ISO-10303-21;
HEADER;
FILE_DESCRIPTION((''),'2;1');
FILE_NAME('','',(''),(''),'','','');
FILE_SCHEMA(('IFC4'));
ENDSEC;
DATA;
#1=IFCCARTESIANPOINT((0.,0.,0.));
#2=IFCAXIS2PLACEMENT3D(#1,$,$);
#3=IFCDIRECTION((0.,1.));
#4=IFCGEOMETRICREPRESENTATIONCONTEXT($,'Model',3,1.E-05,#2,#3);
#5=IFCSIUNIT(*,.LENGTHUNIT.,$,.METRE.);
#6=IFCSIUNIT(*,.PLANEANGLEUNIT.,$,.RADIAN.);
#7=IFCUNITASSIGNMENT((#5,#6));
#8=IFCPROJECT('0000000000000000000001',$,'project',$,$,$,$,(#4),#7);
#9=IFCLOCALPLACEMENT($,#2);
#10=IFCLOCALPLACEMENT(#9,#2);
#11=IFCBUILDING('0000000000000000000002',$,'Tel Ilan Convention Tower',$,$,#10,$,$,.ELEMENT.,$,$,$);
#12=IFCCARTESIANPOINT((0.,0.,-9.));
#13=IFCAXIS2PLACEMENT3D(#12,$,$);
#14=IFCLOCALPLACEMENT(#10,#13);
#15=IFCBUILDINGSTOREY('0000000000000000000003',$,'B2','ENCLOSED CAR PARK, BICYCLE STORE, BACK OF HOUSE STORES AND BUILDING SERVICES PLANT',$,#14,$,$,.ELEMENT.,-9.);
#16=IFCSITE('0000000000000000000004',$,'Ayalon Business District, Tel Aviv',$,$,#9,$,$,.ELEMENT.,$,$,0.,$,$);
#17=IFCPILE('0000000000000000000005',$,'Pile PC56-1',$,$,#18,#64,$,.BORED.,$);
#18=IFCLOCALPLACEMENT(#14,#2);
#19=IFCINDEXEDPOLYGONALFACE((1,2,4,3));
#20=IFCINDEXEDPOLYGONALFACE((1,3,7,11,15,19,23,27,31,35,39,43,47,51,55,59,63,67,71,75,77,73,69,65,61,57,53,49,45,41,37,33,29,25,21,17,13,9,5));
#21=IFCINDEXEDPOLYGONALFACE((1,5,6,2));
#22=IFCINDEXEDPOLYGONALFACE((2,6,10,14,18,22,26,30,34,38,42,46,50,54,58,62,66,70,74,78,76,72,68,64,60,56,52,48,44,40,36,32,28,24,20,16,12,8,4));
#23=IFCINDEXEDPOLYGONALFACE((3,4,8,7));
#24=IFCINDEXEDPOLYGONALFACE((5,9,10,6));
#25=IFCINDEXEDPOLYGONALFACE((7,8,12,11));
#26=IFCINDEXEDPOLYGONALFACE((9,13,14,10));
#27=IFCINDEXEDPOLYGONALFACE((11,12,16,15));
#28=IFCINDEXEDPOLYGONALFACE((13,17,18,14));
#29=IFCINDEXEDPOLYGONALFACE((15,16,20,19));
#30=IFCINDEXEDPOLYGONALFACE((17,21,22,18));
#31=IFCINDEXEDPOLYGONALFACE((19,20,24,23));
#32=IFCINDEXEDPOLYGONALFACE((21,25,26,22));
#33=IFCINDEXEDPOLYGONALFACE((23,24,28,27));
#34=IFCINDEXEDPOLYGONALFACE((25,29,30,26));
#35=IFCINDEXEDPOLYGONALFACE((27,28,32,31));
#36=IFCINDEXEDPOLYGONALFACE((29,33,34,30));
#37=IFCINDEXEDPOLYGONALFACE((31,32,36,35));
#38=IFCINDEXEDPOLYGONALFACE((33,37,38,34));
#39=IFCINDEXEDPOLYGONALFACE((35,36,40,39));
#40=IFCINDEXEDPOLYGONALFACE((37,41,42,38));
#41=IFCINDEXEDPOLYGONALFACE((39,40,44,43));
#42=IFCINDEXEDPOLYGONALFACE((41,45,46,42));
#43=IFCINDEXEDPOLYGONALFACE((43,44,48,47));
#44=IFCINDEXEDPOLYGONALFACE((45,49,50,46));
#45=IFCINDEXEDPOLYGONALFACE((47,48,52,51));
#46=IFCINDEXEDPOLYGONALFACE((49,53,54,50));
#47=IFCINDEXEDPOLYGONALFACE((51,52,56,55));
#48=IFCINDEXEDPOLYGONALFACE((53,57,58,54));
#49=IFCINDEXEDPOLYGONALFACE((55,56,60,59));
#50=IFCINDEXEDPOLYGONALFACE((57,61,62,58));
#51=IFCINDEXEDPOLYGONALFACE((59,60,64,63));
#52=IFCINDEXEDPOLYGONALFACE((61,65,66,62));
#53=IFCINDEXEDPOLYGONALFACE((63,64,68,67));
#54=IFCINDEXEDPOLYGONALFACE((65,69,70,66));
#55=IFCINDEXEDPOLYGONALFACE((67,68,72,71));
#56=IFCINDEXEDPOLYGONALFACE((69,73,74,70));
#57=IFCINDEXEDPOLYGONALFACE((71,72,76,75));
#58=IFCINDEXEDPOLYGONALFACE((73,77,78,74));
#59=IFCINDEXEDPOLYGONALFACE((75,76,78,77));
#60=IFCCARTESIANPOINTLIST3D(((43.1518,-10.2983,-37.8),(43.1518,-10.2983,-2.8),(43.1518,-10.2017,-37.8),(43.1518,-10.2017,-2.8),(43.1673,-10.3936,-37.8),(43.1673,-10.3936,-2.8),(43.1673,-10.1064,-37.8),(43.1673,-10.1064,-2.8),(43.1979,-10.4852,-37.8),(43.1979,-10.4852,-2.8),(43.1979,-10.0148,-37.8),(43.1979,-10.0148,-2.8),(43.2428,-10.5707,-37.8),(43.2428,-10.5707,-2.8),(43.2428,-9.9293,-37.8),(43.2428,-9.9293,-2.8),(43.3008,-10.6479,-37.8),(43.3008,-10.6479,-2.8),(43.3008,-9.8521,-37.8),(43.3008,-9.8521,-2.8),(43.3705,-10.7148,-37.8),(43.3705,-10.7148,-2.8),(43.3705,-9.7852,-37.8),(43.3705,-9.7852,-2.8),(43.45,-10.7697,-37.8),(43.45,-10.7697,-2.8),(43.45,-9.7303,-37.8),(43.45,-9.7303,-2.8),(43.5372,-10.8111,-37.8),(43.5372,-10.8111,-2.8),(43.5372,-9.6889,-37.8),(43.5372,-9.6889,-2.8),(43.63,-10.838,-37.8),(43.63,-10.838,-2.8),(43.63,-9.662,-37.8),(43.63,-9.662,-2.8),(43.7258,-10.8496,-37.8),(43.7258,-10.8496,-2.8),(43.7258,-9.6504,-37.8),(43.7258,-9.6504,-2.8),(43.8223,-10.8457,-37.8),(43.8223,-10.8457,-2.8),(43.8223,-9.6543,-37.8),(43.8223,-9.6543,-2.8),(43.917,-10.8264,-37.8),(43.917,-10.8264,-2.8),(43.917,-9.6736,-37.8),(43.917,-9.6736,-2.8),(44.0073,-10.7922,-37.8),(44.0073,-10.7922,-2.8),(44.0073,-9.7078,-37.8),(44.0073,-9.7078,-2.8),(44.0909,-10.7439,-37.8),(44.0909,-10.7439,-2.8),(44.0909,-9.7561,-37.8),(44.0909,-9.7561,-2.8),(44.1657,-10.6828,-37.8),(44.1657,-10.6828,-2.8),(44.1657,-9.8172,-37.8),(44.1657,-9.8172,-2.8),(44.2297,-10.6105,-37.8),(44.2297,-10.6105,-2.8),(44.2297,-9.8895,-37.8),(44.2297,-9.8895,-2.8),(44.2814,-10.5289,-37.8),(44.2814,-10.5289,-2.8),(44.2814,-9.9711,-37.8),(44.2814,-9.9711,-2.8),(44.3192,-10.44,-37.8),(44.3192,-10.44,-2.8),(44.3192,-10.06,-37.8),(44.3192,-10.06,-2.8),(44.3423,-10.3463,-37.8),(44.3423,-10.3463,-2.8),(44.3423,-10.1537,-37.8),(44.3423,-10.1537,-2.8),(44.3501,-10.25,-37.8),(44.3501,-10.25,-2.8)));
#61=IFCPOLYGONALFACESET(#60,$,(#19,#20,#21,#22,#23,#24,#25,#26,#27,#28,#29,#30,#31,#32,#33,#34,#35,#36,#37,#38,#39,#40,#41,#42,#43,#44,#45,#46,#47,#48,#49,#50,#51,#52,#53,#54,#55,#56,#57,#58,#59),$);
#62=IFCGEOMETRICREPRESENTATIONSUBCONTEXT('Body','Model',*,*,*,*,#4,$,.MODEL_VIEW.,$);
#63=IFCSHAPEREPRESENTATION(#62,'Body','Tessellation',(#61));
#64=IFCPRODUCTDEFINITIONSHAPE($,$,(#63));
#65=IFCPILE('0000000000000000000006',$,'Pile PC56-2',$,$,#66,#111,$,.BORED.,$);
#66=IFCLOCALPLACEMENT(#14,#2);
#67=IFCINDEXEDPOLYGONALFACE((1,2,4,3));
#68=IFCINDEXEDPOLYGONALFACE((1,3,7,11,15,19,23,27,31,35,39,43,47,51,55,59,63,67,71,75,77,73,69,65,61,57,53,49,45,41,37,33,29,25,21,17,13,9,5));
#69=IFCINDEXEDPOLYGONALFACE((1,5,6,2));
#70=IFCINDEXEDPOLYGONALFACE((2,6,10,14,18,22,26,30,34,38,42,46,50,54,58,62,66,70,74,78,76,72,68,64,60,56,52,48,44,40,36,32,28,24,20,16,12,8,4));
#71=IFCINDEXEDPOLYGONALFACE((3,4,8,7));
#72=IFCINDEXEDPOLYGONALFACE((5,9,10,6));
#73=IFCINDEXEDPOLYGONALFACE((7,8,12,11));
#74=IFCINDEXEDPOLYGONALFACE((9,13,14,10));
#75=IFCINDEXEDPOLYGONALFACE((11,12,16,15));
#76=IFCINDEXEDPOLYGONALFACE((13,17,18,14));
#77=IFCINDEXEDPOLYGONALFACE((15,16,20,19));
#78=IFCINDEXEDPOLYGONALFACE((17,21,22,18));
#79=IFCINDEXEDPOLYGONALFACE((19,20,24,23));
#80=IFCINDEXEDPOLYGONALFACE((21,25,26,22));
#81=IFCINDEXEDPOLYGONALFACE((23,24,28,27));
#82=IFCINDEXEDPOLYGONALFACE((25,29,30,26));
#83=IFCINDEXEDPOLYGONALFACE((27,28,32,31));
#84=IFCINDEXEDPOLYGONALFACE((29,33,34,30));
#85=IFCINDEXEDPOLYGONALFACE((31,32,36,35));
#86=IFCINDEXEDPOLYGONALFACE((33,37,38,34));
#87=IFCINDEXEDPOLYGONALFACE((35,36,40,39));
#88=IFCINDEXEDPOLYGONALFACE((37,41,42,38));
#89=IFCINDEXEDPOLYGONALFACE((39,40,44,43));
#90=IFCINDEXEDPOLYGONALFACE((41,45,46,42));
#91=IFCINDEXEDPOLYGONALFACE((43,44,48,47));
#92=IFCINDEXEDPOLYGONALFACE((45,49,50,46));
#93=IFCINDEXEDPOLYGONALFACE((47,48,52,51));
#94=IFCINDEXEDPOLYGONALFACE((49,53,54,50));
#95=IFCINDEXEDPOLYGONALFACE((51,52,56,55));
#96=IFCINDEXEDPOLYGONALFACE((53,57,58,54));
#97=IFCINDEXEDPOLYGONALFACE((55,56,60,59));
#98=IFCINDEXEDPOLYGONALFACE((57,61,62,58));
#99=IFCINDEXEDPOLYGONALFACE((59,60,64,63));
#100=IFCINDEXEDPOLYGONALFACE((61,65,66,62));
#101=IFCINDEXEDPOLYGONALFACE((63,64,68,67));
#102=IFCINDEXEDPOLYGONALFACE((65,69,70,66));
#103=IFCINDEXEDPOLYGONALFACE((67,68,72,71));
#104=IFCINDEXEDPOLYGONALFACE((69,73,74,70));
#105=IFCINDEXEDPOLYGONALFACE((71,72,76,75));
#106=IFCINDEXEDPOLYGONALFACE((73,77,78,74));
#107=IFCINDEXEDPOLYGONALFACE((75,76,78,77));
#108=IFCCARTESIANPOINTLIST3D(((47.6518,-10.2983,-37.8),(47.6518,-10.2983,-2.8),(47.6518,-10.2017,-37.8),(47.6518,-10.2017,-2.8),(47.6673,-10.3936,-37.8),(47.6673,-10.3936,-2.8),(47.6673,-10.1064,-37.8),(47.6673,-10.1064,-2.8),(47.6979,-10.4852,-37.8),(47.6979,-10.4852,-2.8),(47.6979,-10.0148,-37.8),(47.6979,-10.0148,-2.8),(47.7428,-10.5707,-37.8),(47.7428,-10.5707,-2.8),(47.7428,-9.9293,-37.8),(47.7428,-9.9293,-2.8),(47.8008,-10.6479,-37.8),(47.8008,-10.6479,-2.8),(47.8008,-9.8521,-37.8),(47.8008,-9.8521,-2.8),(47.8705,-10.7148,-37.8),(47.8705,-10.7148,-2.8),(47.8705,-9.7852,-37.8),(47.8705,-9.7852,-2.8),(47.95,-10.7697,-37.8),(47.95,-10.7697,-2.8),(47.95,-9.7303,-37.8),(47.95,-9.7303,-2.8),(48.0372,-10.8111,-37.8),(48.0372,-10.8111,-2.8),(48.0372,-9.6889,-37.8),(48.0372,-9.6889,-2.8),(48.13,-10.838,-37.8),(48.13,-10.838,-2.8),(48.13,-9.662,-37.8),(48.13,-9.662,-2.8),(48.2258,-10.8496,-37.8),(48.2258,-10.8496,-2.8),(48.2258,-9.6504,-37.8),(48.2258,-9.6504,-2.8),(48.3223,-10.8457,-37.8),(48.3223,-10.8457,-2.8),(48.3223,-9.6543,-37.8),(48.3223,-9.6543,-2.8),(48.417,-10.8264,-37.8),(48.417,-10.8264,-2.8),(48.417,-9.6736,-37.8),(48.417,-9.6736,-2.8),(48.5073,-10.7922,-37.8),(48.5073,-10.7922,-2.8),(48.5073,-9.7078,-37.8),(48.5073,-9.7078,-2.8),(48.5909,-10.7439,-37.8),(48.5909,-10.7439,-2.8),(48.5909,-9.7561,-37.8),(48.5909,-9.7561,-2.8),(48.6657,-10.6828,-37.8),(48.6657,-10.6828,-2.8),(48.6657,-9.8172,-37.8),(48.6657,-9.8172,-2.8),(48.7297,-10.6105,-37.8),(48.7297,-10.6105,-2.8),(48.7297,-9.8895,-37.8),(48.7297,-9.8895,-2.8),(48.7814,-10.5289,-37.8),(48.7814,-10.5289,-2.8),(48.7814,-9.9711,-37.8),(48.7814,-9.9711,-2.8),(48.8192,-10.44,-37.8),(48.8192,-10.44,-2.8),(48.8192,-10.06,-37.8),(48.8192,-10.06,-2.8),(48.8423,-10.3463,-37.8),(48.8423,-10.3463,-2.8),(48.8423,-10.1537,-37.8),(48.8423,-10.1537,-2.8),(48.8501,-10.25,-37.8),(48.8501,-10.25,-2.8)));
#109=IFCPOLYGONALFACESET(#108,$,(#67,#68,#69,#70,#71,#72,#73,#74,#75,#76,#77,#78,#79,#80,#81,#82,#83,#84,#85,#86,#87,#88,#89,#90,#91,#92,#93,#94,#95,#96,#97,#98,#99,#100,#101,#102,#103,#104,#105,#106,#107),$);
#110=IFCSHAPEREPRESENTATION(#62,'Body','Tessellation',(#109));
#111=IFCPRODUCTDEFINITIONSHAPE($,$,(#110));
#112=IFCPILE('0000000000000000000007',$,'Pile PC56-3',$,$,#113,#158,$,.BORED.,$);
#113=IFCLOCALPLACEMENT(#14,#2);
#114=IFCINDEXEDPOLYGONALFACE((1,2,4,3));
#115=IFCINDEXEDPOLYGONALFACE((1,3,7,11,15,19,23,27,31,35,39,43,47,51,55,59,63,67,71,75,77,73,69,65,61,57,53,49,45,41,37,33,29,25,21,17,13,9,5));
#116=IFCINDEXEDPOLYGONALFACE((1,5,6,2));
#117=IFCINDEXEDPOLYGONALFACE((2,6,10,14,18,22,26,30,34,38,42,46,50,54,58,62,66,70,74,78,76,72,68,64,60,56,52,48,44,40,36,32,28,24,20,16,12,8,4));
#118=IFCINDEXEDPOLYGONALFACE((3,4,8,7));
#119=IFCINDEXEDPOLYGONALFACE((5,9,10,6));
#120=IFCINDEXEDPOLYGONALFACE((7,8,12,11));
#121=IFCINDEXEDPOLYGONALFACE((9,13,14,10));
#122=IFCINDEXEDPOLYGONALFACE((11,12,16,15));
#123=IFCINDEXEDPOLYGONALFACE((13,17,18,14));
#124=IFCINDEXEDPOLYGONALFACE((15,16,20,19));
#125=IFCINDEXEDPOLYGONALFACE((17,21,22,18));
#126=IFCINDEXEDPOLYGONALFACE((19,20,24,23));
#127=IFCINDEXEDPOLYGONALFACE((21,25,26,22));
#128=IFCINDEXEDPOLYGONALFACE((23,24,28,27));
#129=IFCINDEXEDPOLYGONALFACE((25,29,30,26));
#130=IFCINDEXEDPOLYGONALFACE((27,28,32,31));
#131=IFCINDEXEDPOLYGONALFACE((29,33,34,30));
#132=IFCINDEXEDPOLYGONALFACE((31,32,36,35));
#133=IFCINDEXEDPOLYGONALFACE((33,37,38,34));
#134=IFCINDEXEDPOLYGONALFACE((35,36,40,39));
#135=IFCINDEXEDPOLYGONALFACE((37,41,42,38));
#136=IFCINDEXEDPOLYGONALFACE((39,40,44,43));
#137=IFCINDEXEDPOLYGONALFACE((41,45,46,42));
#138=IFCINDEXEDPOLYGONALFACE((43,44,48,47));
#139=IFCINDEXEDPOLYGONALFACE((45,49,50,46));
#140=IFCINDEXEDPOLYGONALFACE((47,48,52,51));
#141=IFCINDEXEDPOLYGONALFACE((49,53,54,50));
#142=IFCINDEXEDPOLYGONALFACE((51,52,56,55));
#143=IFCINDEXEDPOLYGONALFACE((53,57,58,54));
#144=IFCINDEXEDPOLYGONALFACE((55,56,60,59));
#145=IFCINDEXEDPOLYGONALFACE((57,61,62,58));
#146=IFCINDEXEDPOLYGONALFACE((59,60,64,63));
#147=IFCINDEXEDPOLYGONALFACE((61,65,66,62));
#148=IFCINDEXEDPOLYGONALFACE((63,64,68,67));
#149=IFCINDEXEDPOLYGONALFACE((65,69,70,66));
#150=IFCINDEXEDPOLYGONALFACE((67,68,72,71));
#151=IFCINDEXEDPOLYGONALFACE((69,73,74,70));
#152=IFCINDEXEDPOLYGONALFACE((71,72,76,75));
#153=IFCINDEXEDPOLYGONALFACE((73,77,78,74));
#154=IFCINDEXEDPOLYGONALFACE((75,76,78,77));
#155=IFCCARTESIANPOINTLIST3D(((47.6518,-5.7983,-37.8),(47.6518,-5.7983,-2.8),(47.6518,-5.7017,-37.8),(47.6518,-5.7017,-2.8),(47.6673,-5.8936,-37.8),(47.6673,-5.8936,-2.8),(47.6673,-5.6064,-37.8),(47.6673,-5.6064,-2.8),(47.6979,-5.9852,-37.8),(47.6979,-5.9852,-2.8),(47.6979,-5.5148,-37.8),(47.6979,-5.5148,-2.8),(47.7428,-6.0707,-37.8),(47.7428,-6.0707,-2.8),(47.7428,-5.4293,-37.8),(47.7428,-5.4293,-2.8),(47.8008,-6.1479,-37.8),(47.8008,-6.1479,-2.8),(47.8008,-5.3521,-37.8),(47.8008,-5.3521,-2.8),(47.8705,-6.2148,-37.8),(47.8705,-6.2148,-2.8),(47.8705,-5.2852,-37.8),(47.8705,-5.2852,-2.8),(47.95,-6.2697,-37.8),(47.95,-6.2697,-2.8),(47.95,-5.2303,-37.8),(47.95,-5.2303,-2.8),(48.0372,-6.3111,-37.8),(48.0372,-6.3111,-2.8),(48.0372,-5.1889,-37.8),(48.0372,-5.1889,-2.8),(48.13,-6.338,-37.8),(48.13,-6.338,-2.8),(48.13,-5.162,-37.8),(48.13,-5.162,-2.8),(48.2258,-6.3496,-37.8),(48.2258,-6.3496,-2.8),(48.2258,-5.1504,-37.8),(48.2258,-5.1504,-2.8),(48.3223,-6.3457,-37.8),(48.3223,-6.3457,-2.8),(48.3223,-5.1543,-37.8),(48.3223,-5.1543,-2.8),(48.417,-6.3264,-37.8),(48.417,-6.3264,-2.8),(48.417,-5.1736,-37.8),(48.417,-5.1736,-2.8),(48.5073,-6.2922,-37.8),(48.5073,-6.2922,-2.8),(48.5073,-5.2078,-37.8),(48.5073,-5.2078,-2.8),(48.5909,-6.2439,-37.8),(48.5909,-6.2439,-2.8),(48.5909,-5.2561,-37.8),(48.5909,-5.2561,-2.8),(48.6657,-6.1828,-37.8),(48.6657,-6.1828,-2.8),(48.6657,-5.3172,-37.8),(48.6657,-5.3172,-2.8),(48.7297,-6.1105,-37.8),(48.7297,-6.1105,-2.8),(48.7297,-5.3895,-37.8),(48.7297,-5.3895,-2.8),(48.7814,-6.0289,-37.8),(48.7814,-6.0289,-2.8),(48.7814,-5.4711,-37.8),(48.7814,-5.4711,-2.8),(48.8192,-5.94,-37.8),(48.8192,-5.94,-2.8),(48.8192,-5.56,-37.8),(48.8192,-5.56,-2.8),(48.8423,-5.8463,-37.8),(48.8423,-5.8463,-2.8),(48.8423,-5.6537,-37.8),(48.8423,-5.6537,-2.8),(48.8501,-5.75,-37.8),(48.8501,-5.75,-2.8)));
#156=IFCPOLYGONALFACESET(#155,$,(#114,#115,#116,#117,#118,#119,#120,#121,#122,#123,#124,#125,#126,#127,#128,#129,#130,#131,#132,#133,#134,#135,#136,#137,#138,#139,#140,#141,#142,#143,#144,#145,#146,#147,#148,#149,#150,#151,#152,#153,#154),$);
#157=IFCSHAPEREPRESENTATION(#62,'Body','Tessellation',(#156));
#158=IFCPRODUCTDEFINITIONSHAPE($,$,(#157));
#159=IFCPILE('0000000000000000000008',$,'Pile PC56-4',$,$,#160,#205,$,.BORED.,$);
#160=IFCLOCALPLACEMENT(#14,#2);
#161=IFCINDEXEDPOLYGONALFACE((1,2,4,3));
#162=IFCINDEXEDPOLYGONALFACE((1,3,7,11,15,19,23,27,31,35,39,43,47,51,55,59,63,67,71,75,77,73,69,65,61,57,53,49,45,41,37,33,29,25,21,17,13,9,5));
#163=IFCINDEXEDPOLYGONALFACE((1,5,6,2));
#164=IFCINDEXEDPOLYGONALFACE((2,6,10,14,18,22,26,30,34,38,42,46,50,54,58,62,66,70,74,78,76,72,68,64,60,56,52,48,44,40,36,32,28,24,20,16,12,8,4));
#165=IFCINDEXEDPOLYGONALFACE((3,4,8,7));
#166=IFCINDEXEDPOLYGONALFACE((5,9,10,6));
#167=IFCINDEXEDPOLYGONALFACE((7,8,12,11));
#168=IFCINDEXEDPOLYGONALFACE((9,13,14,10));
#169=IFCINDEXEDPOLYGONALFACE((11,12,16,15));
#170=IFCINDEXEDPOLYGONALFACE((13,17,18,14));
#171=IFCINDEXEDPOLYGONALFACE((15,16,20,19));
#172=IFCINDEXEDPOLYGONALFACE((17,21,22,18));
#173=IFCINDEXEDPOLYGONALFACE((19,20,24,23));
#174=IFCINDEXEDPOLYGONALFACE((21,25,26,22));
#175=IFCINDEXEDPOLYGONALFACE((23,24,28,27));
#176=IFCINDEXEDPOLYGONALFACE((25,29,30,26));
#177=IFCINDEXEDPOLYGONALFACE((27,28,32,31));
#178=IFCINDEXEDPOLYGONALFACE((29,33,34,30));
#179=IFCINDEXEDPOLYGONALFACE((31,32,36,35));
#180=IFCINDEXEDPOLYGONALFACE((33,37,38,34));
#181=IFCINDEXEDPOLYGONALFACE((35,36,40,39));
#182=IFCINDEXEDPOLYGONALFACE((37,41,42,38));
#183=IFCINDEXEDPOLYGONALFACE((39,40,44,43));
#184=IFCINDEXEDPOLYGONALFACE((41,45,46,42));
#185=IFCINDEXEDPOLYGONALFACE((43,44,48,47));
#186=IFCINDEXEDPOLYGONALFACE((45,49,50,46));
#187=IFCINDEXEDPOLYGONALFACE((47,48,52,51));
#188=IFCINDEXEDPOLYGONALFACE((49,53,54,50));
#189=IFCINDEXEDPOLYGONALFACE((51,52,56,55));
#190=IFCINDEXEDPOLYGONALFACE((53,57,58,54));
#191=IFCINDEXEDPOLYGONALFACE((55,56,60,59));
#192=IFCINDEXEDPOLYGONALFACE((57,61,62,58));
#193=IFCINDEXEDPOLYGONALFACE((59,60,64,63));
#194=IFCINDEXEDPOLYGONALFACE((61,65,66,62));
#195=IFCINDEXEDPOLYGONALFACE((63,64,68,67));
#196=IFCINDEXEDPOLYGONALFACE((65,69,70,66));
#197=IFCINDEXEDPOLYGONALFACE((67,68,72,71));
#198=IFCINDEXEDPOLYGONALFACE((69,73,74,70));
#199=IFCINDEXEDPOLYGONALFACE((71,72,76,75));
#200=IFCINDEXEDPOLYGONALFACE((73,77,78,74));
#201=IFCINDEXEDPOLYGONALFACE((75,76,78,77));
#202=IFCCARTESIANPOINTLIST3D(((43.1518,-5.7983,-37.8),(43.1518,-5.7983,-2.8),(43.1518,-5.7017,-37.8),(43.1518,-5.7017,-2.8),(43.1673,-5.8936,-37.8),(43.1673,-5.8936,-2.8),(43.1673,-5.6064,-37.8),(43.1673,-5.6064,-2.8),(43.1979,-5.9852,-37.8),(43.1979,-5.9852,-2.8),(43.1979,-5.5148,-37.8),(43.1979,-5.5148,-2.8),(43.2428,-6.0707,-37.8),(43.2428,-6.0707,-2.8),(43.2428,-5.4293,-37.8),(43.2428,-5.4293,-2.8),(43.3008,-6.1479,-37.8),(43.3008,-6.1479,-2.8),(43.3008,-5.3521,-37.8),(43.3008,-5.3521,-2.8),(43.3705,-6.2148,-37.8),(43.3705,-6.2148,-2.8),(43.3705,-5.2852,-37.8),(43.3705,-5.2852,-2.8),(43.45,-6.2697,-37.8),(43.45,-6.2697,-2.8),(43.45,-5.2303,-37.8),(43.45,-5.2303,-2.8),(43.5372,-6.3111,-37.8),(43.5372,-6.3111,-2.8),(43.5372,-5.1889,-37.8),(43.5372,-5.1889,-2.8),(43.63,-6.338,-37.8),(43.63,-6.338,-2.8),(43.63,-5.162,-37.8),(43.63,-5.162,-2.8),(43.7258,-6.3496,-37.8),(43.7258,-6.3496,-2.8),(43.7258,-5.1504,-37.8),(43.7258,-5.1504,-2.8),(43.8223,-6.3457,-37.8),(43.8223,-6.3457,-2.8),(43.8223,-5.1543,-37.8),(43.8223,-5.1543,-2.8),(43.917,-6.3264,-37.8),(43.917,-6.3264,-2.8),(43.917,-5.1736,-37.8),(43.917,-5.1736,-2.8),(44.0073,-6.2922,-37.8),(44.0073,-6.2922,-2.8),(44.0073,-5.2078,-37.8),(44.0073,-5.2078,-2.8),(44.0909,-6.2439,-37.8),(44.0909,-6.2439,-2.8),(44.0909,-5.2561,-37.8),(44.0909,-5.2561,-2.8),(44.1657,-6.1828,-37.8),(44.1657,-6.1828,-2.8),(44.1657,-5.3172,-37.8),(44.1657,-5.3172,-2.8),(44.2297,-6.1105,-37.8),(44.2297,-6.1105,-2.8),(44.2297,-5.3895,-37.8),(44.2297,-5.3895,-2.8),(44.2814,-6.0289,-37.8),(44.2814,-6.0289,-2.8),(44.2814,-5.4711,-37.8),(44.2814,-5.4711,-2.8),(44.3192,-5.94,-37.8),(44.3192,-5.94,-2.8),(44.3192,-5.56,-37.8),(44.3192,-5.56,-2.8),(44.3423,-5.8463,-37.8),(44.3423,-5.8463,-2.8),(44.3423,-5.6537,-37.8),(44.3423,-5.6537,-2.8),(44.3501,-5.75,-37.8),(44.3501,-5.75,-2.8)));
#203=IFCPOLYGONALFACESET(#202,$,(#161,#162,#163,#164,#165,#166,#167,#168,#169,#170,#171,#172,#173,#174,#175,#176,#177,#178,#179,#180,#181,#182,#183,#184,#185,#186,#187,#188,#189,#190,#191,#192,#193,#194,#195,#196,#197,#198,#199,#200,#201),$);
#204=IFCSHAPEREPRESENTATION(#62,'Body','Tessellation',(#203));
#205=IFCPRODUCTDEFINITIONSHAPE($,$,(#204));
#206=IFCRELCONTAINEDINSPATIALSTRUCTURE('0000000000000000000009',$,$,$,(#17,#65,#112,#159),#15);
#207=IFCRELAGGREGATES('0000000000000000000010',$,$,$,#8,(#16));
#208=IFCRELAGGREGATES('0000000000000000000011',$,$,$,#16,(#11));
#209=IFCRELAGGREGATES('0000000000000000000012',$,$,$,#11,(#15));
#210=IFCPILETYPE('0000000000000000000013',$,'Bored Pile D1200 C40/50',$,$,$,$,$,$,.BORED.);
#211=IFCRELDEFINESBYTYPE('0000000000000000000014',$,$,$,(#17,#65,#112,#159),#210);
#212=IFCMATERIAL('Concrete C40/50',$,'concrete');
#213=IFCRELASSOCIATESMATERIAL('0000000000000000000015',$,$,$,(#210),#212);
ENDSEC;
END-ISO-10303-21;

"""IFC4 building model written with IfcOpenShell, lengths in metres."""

from ifc_helpers import new_model, si_unit, direction, frame, origin, origin_2d, place, context, subcontext, project, spatial, circle, extrude, material, material_profile, profile_set, type_object, element, save


model = new_model("IFC4")

# Units and contexts
model_context = context("Model", 3, precision=1e-05, world=origin(), true_north=direction((0.0, 1.0)))
body_context = subcontext(model_context, "Body", "Model", "MODEL_VIEW")
ifc_project = project(units=[si_unit("LENGTHUNIT", "METRE"), si_unit("PLANEANGLEUNIT", "RADIAN")], contexts=[model_context])

# Site, building, storey
site_placement = place(None, origin())
site = spatial("IfcSite", under=ifc_project, at=site_placement, Name="Ayalon Business District, Tel Aviv", CompositionType="ELEMENT", RefElevation=0.0)
building_placement = place(site_placement, origin())
building = spatial("IfcBuilding", under=site, at=building_placement, Name="Tel Ilan Convention Tower", CompositionType="ELEMENT")
storey_placement = place(building_placement, frame((0.0, 0.0, -9.0)))
storey = spatial("IfcBuildingStorey", under=building, at=storey_placement, Name="B2", Description="ENCLOSED CAR PARK, BICYCLE STORE, BACK OF HOUSE STORES AND BUILDING SERVICES PLANT", CompositionType="ELEMENT", Elevation=-9.0)

# Piles
ifc_material_1 = material(Name="Concrete C40/50", Category="concrete")
ifc_material_profile_1 = material_profile(ifc_material_1, circle(Radius=0.6001, at=origin_2d()), Name="BORED D1200")
ifc_profile_set_1 = profile_set([ifc_material_profile_1], Name="Concrete C40/50")
pile_type_1 = type_object("IfcPileType", Name="Bored Pile D1200 C40/50", PredefinedType="BORED", material=ifc_profile_set_1)
for number, where, z_axis, x_axis, name in (
    (1, (43.75, -10.25, -2.8), (0.0, 0.0, -1.0), (1.0, 0.0, 0.0), "Pile PC56-1"),
    (2, (48.25, -10.25, -2.8), (0.0, 0.0, -1.0), (1.0, 0.0, 0.0), "Pile PC56-2"),
    (3, (48.25, -5.75, -2.8), (0.0, 0.0, -1.0), (1.0, 0.0, 0.0), "Pile PC56-3"),
    (4, (43.75, -5.75, -2.8), (0.0, 0.0, -1.0), (1.0, 0.0, 0.0), "Pile PC56-4"),
):
    element("IfcPile", number, at=place(storey_placement, frame(where, z_axis=z_axis, x_axis=x_axis)), inside=storey, type_object=pile_type_1, Name=name, PredefinedType="BORED", context=body_context, shape_type="SweptSolid", body=[
        extrude(circle(Radius=0.6001, at=origin_2d()), origin(), (0.0, 0.0, 1.0), 35.0),
    ])

save(model, "model.ifc")
